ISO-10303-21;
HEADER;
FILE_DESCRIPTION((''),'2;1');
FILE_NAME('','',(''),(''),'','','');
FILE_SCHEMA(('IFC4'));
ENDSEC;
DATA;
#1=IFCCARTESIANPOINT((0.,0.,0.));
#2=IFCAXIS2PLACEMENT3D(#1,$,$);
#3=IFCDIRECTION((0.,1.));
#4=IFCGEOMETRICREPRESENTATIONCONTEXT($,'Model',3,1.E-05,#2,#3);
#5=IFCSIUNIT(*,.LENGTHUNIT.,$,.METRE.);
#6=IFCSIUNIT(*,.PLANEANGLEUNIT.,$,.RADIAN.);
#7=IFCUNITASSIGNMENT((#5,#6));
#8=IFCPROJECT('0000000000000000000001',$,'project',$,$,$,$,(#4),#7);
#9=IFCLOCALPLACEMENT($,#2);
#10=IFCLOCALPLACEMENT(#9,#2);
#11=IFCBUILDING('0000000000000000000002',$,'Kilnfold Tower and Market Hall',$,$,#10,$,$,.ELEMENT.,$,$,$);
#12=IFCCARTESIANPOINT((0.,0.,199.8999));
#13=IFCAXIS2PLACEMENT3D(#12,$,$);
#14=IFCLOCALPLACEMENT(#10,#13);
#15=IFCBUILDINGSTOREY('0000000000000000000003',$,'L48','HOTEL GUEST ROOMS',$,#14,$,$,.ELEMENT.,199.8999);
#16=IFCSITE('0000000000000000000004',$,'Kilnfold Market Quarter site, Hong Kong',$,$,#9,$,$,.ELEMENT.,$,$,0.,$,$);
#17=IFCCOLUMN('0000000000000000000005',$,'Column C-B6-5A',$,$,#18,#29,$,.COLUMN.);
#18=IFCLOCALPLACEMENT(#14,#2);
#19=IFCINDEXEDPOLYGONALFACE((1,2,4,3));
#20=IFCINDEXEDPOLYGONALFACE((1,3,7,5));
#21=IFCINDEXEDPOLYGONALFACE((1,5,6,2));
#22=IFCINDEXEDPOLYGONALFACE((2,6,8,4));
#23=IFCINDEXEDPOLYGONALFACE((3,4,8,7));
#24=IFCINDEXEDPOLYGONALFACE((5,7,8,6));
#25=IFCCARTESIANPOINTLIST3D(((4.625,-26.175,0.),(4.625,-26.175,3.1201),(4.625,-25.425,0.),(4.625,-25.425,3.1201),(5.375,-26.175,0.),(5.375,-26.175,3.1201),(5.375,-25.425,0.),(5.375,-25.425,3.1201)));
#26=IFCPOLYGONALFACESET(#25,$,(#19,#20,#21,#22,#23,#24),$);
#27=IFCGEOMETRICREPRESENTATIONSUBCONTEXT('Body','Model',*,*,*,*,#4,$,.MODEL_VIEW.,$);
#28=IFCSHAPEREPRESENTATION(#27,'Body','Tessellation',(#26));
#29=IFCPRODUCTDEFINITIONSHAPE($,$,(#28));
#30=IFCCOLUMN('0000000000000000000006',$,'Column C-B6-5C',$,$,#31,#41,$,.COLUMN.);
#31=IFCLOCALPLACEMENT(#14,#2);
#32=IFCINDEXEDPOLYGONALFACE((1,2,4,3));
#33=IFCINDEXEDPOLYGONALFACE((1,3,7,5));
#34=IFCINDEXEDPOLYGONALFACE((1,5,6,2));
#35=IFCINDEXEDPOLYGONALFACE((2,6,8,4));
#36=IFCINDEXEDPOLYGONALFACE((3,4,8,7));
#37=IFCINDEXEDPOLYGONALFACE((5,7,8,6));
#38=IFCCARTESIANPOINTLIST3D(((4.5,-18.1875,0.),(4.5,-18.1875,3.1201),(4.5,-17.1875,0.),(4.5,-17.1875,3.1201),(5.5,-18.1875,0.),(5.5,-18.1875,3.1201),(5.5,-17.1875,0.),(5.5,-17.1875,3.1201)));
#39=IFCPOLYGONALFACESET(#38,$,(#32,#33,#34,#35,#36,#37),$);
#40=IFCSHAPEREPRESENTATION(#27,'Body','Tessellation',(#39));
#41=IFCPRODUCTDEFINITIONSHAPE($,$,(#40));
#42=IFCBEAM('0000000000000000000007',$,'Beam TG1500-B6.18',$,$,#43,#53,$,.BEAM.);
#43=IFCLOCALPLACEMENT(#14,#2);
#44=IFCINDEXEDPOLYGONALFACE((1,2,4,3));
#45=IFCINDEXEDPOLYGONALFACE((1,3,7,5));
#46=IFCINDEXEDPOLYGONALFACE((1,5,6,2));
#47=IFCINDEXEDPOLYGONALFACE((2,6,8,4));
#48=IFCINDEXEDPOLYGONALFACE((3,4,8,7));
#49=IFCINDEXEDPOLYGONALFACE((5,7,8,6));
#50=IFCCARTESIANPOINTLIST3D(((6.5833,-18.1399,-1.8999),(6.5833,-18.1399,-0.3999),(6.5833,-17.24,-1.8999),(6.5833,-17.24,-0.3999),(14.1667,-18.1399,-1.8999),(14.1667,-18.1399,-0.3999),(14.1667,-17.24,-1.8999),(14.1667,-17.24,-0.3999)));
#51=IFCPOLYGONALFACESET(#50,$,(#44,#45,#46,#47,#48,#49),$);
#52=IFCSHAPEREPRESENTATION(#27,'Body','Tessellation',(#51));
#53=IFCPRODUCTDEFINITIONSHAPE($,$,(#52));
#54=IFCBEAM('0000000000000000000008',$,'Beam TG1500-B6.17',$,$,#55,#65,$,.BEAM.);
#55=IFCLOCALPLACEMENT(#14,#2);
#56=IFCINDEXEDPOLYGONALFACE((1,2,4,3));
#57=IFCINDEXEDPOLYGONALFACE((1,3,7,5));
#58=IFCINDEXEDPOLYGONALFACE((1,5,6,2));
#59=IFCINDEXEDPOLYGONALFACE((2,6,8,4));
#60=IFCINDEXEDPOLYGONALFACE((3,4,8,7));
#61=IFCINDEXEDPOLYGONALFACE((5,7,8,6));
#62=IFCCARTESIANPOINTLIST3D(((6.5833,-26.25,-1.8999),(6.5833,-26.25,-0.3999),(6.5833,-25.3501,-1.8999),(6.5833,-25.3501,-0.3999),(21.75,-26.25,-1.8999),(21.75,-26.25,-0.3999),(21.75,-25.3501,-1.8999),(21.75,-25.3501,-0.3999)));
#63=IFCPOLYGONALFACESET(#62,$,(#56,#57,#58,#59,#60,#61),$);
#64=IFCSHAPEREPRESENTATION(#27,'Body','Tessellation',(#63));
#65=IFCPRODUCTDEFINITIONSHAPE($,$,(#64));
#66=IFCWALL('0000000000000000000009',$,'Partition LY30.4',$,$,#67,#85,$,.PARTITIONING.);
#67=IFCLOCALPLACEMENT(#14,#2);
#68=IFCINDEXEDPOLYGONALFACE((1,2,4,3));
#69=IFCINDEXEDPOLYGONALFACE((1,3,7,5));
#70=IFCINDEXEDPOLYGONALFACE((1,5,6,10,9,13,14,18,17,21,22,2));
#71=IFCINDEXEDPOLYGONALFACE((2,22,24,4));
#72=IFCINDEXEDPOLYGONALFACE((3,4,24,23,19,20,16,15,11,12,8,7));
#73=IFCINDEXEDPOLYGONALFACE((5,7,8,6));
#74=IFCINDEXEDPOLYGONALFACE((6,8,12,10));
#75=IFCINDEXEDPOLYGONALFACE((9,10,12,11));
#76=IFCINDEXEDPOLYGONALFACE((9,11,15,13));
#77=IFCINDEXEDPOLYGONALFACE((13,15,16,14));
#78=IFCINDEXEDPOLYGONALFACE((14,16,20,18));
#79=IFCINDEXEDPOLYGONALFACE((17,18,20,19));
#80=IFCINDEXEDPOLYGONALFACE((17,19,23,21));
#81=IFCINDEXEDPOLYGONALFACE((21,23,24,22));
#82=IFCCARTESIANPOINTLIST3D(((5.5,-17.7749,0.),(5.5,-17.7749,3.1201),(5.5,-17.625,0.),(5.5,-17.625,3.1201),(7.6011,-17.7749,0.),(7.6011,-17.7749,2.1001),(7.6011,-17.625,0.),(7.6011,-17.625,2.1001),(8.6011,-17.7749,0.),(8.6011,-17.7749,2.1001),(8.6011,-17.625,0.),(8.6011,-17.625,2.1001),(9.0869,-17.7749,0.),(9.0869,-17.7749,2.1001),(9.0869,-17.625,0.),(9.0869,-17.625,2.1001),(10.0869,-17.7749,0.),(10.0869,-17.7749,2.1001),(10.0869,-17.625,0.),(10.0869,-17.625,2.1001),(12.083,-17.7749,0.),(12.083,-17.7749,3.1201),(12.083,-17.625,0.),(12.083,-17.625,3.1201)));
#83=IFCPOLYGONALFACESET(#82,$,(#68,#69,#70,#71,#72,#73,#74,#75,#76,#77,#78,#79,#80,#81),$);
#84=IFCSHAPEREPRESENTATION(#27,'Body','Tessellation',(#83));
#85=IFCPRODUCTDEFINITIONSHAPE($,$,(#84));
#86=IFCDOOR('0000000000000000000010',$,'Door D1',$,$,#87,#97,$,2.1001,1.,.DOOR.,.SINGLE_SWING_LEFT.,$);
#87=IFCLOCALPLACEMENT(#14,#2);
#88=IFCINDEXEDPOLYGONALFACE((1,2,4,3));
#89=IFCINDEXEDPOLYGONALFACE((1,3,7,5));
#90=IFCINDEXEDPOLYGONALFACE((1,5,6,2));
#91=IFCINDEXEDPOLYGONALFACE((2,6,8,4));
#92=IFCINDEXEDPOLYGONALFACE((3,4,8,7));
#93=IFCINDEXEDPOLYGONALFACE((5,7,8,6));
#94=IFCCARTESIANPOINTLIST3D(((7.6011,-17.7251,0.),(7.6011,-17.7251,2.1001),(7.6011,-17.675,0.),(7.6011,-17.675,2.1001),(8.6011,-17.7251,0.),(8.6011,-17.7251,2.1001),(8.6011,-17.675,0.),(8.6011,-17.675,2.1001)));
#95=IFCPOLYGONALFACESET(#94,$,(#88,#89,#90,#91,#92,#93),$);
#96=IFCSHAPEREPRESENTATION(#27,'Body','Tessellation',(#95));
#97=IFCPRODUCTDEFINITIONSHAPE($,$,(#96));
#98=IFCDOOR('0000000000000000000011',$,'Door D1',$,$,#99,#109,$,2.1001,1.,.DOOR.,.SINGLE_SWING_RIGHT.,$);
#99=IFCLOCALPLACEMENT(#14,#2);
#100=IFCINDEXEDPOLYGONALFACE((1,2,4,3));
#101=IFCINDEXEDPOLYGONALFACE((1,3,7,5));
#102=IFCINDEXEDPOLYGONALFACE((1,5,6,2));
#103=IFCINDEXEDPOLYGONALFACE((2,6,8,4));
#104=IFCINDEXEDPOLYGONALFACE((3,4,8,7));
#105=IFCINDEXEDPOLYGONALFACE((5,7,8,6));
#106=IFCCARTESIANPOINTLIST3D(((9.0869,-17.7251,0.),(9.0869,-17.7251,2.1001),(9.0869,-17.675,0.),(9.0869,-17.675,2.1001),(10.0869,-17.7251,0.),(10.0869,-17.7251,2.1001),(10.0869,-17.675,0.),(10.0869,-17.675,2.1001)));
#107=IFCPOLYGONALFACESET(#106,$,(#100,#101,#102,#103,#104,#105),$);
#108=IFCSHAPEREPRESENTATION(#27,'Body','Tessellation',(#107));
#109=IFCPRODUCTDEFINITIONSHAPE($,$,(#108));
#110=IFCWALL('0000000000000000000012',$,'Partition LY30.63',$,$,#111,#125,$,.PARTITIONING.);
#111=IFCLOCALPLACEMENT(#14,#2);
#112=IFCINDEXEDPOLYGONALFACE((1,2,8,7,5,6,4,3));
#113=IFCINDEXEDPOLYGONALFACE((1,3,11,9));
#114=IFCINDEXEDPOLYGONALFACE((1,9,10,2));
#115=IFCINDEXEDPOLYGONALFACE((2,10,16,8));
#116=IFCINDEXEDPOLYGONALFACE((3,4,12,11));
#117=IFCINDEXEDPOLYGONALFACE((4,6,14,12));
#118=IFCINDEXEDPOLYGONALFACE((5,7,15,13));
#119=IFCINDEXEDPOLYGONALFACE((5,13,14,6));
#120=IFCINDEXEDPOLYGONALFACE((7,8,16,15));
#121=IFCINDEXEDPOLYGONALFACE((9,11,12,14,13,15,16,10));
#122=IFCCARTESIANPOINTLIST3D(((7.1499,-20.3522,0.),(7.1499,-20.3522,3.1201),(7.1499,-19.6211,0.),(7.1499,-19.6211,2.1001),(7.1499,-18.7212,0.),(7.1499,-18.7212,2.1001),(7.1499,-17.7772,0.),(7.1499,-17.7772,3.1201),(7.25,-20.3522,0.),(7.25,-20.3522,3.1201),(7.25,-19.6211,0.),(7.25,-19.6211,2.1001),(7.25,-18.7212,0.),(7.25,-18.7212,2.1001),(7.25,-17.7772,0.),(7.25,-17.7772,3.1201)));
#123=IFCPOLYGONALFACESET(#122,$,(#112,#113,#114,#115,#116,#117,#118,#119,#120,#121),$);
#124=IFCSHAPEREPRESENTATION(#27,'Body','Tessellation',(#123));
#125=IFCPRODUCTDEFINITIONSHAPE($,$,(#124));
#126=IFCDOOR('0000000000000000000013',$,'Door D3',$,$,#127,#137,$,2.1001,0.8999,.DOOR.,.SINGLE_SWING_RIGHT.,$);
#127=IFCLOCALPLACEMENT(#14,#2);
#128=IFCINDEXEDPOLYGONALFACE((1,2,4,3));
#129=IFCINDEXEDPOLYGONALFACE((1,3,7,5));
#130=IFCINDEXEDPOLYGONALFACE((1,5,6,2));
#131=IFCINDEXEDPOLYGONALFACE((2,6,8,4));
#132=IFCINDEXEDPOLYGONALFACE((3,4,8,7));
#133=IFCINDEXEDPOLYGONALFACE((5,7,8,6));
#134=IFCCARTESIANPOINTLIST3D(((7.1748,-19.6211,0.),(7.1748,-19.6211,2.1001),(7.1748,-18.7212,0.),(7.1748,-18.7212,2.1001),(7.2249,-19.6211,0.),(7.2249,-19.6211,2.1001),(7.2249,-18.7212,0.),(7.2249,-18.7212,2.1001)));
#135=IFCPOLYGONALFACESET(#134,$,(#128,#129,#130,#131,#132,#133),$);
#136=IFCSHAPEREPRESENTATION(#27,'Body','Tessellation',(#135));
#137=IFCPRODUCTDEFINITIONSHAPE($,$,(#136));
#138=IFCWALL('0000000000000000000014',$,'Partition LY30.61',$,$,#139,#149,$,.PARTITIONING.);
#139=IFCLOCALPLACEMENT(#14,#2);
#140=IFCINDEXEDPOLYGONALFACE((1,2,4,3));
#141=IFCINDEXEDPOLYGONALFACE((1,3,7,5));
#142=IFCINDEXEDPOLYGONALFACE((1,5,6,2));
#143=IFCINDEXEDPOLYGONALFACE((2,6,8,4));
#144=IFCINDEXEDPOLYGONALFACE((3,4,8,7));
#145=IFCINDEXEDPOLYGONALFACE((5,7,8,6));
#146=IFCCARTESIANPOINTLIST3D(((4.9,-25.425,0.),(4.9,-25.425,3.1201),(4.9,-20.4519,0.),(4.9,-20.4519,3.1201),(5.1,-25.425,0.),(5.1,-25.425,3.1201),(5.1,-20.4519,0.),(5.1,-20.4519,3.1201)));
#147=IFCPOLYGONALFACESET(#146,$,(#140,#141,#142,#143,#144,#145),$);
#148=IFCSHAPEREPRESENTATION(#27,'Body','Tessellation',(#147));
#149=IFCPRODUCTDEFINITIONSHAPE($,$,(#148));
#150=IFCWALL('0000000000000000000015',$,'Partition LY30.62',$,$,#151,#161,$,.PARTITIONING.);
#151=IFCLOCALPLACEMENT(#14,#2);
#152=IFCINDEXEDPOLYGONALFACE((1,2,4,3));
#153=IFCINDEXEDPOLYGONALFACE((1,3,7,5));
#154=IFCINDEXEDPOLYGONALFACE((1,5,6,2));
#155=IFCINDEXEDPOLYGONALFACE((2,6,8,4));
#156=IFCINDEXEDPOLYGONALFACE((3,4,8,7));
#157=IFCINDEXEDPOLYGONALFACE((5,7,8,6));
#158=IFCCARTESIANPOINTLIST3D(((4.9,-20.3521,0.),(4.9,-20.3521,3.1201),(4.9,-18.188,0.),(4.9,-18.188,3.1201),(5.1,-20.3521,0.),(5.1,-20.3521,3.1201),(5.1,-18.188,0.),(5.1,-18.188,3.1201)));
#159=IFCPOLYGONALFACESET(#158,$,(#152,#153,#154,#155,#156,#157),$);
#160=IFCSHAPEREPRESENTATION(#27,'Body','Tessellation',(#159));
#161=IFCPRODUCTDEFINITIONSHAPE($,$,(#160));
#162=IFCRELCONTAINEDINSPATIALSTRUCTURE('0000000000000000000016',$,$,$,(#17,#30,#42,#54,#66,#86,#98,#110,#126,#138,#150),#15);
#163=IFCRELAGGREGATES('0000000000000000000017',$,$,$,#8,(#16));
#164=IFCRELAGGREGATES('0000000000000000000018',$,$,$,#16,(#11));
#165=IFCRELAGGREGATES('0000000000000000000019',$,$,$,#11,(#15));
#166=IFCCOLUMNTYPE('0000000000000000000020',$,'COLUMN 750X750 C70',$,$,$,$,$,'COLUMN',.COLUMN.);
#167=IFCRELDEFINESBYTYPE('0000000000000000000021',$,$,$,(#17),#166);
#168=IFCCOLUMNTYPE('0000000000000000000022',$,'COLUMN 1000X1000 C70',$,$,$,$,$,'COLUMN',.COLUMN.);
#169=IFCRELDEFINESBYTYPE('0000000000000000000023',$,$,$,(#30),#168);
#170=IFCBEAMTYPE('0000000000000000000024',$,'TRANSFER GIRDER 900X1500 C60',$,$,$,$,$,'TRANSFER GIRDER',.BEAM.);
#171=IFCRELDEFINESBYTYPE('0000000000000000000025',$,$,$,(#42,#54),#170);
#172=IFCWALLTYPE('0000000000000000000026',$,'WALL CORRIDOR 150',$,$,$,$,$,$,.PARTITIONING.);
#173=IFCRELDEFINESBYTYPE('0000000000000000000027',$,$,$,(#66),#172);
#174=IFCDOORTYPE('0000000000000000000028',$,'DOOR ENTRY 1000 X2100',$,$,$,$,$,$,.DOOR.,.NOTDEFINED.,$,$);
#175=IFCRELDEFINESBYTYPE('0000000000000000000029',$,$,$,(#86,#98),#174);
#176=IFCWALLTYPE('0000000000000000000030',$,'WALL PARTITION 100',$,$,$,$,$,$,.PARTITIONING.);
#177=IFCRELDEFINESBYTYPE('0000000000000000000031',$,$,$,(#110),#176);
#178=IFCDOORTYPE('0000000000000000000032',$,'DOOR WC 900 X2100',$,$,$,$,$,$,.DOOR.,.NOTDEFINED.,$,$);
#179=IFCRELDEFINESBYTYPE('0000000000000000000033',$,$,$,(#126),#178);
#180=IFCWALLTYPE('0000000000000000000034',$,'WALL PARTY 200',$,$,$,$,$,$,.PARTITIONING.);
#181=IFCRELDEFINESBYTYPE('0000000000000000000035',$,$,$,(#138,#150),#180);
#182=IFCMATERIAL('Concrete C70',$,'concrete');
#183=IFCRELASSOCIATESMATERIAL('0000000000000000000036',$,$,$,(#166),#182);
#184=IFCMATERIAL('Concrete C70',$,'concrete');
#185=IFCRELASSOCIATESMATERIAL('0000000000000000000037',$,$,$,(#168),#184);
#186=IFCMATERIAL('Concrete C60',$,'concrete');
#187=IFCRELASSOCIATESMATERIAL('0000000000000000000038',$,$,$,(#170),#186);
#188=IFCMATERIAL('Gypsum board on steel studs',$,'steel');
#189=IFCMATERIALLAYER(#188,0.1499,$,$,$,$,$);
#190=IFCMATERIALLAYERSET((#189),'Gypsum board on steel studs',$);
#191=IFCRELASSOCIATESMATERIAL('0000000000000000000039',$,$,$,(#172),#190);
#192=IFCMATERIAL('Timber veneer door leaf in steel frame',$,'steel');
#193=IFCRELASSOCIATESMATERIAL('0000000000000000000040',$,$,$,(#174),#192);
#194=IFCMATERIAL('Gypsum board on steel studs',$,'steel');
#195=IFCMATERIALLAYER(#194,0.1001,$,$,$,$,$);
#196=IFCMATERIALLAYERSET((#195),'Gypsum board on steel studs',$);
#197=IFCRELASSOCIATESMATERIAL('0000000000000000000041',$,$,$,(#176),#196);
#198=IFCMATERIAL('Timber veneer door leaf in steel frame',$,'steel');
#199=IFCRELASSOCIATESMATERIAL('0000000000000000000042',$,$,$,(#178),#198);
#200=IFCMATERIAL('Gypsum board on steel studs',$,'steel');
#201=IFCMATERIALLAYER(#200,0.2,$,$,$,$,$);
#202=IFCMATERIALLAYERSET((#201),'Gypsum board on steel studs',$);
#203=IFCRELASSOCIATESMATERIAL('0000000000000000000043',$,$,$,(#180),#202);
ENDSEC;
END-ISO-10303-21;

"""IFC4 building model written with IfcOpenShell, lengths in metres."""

from ifc_helpers import new_model, si_unit, direction, frame, frame_2d, origin, origin_2d, place, context, subcontext, project, spatial, rectangle, extrude, source, transform, mapped, material, layer, layer_set, material_profile, profile_set, type_object, element, fill, save


model = new_model("IFC4")

# Units and contexts
model_context = context("Model", 3, precision=1e-05, world=origin(), true_north=direction((0.0, 1.0)))
body_context = subcontext(model_context, "Body", "Model", "MODEL_VIEW")
ifc_project = project(units=[si_unit("LENGTHUNIT", "METRE"), si_unit("PLANEANGLEUNIT", "RADIAN")], contexts=[model_context])

# Site, building, storey
site_placement = place(None, origin())
site = spatial("IfcSite", under=ifc_project, at=site_placement, Name="Kilnfold Market Quarter site, Hong Kong", CompositionType="ELEMENT", RefElevation=0.0)
building_placement = place(site_placement, origin())
building = spatial("IfcBuilding", under=site, at=building_placement, Name="Kilnfold Tower and Market Hall", CompositionType="ELEMENT")
storey_placement = place(building_placement, frame((0.0, 0.0, 199.8999)))
storey = spatial("IfcBuildingStorey", under=building, at=storey_placement, Name="L48", Description="HOTEL GUEST ROOMS", CompositionType="ELEMENT", Elevation=199.8999)

# Columns
ifc_material_1 = material(Name="Concrete C70", Category="concrete")
ifc_material_profile_1 = material_profile(ifc_material_1, rectangle(XDim=0.75, YDim=0.75, at=origin_2d()), Name="RC 750x750")
ifc_profile_set_1 = profile_set([ifc_material_profile_1], Name="Concrete C70")
column_type_1 = type_object("IfcColumnType", Name="COLUMN 750X750 C70", ElementType="COLUMN", PredefinedType="COLUMN", material=ifc_profile_set_1)
shared_shape_1 = source(origin(), body_context, "Body", "SweptSolid", [
    extrude(rectangle(XDim=0.75, YDim=0.75, at=origin_2d()), origin(), (0.0, 0.0, 1.0), 3.1201),
])
column_1_placement = place(storey_placement, frame((5.0, -25.8, 0.0), z_axis=(0.0, 0.0, 1.0), x_axis=(1.0, 0.0, 0.0)))
element("IfcColumn", 1, at=column_1_placement, inside=storey, type_object=column_type_1, Name="Column C-B6-5A", PredefinedType="COLUMN", context=body_context, shape_type="MappedRepresentation", body=[
    mapped(shared_shape_1, transform((0.0, 0.0, 0.0))),
])
ifc_material_2 = material(Name="Concrete C70", Category="concrete")
ifc_material_profile_2 = material_profile(ifc_material_2, rectangle(XDim=1.0, YDim=1.0, at=origin_2d()), Name="RC 1000x1000")
ifc_profile_set_2 = profile_set([ifc_material_profile_2], Name="Concrete C70")
column_type_2 = type_object("IfcColumnType", Name="COLUMN 1000X1000 C70", ElementType="COLUMN", PredefinedType="COLUMN", material=ifc_profile_set_2)
shared_shape_2 = source(origin(), body_context, "Body", "SweptSolid", [
    extrude(rectangle(XDim=1.0, YDim=1.0, at=origin_2d()), origin(), (0.0, 0.0, 1.0), 3.1201),
])
column_2_placement = place(storey_placement, frame((5.0, -17.6875, 0.0), z_axis=(0.0, 0.0, 1.0), x_axis=(1.0, 0.0, 0.0)))
element("IfcColumn", 2, at=column_2_placement, inside=storey, type_object=column_type_2, Name="Column C-B6-5C", PredefinedType="COLUMN", context=body_context, shape_type="MappedRepresentation", body=[
    mapped(shared_shape_2, transform((0.0, 0.0, 0.0))),
])

# Beams
ifc_material_3 = material(Name="Concrete C60", Category="concrete")
ifc_material_profile_3 = material_profile(ifc_material_3, rectangle(XDim=0.8999, YDim=1.5, at=origin_2d()), Name="RC 900x1500")
ifc_profile_set_3 = profile_set([ifc_material_profile_3], Name="Concrete C60")
beam_type = type_object("IfcBeamType", Name="TRANSFER GIRDER 900X1500 C60", ElementType="TRANSFER GIRDER", PredefinedType="BEAM", material=ifc_profile_set_3)
shared_shape_3 = source(origin(), body_context, "Body", "SweptSolid", [
    extrude(rectangle(XDim=0.8999, YDim=1.5, at=origin_2d()), origin(), (0.0, 0.0, 1.0), 7.5835),
])
beam_1_placement = place(storey_placement, frame((6.5833, -17.6899, -1.1499), z_axis=(1.0, 0.0, 0.0), x_axis=(0.0, 1.0, 0.0)))
element("IfcBeam", 3, at=beam_1_placement, inside=storey, type_object=beam_type, Name="Beam TG1500-B6.18", PredefinedType="BEAM", context=body_context, shape_type="MappedRepresentation", body=[
    mapped(shared_shape_3, transform((0.0, 0.0, 0.0))),
])
shared_shape_4 = source(origin(), body_context, "Body", "SweptSolid", [
    extrude(rectangle(XDim=0.8999, YDim=1.5, at=origin_2d()), origin(), (0.0, 0.0, 1.0), 15.1667),
])
beam_2_placement = place(storey_placement, frame((6.5833, -25.8, -1.1499), z_axis=(1.0, 0.0, 0.0), x_axis=(0.0, 1.0, 0.0)))
element("IfcBeam", 4, at=beam_2_placement, inside=storey, type_object=beam_type, Name="Beam TG1500-B6.17", PredefinedType="BEAM", context=body_context, shape_type="MappedRepresentation", body=[
    mapped(shared_shape_4, transform((0.0, 0.0, 0.0))),
])

# Wall, openings, doors
ifc_material_4 = material(Name="Gypsum board on steel studs", Category="steel")
ifc_layer_1 = layer(ifc_material_4, 0.1499)
ifc_layer_set_1 = layer_set([ifc_layer_1], Name="Gypsum board on steel studs")
wall_type_1 = type_object("IfcWallType", Name="WALL CORRIDOR 150", PredefinedType="PARTITIONING", material=ifc_layer_set_1)
wall_1_placement = place(storey_placement, frame((5.5, -17.7, 0.0), z_axis=(0.0, 0.0, 1.0), x_axis=(1.0, 0.0, 0.0)))
wall_1 = element("IfcWall", 5, at=wall_1_placement, inside=storey, type_object=wall_type_1, Name="Partition LY30.4", PredefinedType="PARTITIONING", context=body_context, shape_type="SweptSolid", body=[
    extrude(rectangle(XDim=6.583, YDim=0.1499, at=frame_2d((3.2915, 0.0))), origin(), (0.0, 0.0, 1.0), 3.1201),
])
opening_1_placement = place(wall_1_placement, frame((2.1011, 0.0, 0.0)))
opening_1 = element("IfcOpeningElement", 6, at=opening_1_placement, cuts=wall_1, PredefinedType="OPENING", context=body_context, shape_type="SweptSolid", body=[
    extrude(rectangle(XDim=1.0, YDim=2.1001, at=frame_2d((0.5, 1.05))), frame((0.0, 0.085, 0.0), z_axis=(0.0, -1.0, 0.0), x_axis=(1.0, 0.0, 0.0)), (0.0, 0.0, 1.0), 0.1699),
])
opening_2_placement = place(wall_1_placement, frame((3.5869, 0.0, 0.0)))
opening_2 = element("IfcOpeningElement", 7, at=opening_2_placement, cuts=wall_1, PredefinedType="OPENING", context=body_context, shape_type="SweptSolid", body=[
    extrude(rectangle(XDim=1.0, YDim=2.1001, at=frame_2d((0.5, 1.05))), frame((0.0, 0.085, 0.0), z_axis=(0.0, -1.0, 0.0), x_axis=(1.0, 0.0, 0.0)), (0.0, 0.0, 1.0), 0.1699),
])
ifc_material_5 = material(Name="Timber veneer door leaf in steel frame", Category="steel")
door_type_1 = type_object("IfcDoorType", Name="DOOR ENTRY 1000 X2100", OperationType="NOTDEFINED", PredefinedType="DOOR", material=ifc_material_5)
door_1_placement = place(opening_1_placement, origin())
door_1 = element("IfcDoor", 8, at=door_1_placement, inside=storey, type_object=door_type_1, Name="Door D1", OperationType="SINGLE_SWING_LEFT", OverallHeight=2.1001, OverallWidth=1.0, PredefinedType="DOOR", context=body_context, shape_type="SweptSolid", body=[
    extrude(rectangle(XDim=1.0, YDim=2.1001, at=frame_2d((0.5, 1.05))), frame((0.0, 0.0249, 0.0), z_axis=(0.0, -1.0, 0.0), x_axis=(1.0, 0.0, 0.0)), (0.0, 0.0, 1.0), 0.05),
])
fill(opening_1, door_1)
door_2_placement = place(opening_2_placement, origin())
door_2 = element("IfcDoor", 9, at=door_2_placement, inside=storey, type_object=door_type_1, Name="Door D1", OperationType="SINGLE_SWING_RIGHT", OverallHeight=2.1001, OverallWidth=1.0, PredefinedType="DOOR", context=body_context, shape_type="SweptSolid", body=[
    extrude(rectangle(XDim=1.0, YDim=2.1001, at=frame_2d((0.5, 1.05))), frame((0.0, 0.0249, 0.0), z_axis=(0.0, -1.0, 0.0), x_axis=(1.0, 0.0, 0.0)), (0.0, 0.0, 1.0), 0.05),
])
fill(opening_2, door_2)

# Wall, opening, door
ifc_material_6 = material(Name="Gypsum board on steel studs", Category="steel")
ifc_layer_2 = layer(ifc_material_6, 0.1001)
ifc_layer_set_2 = layer_set([ifc_layer_2], Name="Gypsum board on steel studs")
wall_type_2 = type_object("IfcWallType", Name="WALL PARTITION 100", PredefinedType="PARTITIONING", material=ifc_layer_set_2)
wall_2_placement = place(storey_placement, frame((7.2, -17.7771, 0.0), z_axis=(0.0, 0.0, 1.0), x_axis=(0.0, -1.0, 0.0)))
wall_2 = element("IfcWall", 10, at=wall_2_placement, inside=storey, type_object=wall_type_2, Name="Partition LY30.63", PredefinedType="PARTITIONING", context=body_context, shape_type="SweptSolid", body=[
    extrude(rectangle(XDim=2.575, YDim=0.1001, at=frame_2d((1.2876, 0.0))), origin(), (0.0, 0.0, 1.0), 3.1201),
])
opening_3_placement = place(wall_2_placement, frame((0.9441, 0.0, 0.0)))
opening_3 = element("IfcOpeningElement", 11, at=opening_3_placement, cuts=wall_2, PredefinedType="OPENING", context=body_context, shape_type="SweptSolid", body=[
    extrude(rectangle(XDim=0.8999, YDim=2.1001, at=frame_2d((0.45, 1.05))), frame((0.0, 0.0601, 0.0), z_axis=(0.0, -1.0, 0.0), x_axis=(1.0, 0.0, 0.0)), (0.0, 0.0, 1.0), 0.1201),
])
ifc_material_7 = material(Name="Timber veneer door leaf in steel frame", Category="steel")
door_type_2 = type_object("IfcDoorType", Name="DOOR WC 900 X2100", OperationType="NOTDEFINED", PredefinedType="DOOR", material=ifc_material_7)
door_3_placement = place(opening_3_placement, origin())
door_3 = element("IfcDoor", 12, at=door_3_placement, inside=storey, type_object=door_type_2, Name="Door D3", OperationType="SINGLE_SWING_RIGHT", OverallHeight=2.1001, OverallWidth=0.8999, PredefinedType="DOOR", context=body_context, shape_type="SweptSolid", body=[
    extrude(rectangle(XDim=0.8999, YDim=2.1001, at=frame_2d((0.45, 1.05))), frame((0.0, 0.0249, 0.0), z_axis=(0.0, -1.0, 0.0), x_axis=(1.0, 0.0, 0.0)), (0.0, 0.0, 1.0), 0.05),
])
fill(opening_3, door_3)

# Walls
ifc_material_8 = material(Name="Gypsum board on steel studs", Category="steel")
ifc_layer_3 = layer(ifc_material_8, 0.2)
ifc_layer_set_3 = layer_set([ifc_layer_3], Name="Gypsum board on steel studs")
wall_type_3 = type_object("IfcWallType", Name="WALL PARTY 200", PredefinedType="PARTITIONING", material=ifc_layer_set_3)
wall_3_placement = place(storey_placement, frame((5.0, -25.425, 0.0), z_axis=(0.0, 0.0, 1.0), x_axis=(0.0, 1.0, 0.0)))
element("IfcWall", 13, at=wall_3_placement, inside=storey, type_object=wall_type_3, Name="Partition LY30.61", PredefinedType="PARTITIONING", context=body_context, shape_type="SweptSolid", body=[
    extrude(rectangle(XDim=4.9731, YDim=0.2, at=frame_2d((2.4866, 0.0))), origin(), (0.0, 0.0, 1.0), 3.1201),
])
wall_4_placement = place(storey_placement, frame((5.0, -20.3521, 0.0), z_axis=(0.0, 0.0, 1.0), x_axis=(0.0, 1.0, 0.0)))
element("IfcWall", 14, at=wall_4_placement, inside=storey, type_object=wall_type_3, Name="Partition LY30.62", PredefinedType="PARTITIONING", context=body_context, shape_type="SweptSolid", body=[
    extrude(rectangle(XDim=2.1641, YDim=0.2, at=frame_2d((1.082, 0.0))), origin(), (0.0, 0.0, 1.0), 3.1201),
])

save(model, "model.ifc")
